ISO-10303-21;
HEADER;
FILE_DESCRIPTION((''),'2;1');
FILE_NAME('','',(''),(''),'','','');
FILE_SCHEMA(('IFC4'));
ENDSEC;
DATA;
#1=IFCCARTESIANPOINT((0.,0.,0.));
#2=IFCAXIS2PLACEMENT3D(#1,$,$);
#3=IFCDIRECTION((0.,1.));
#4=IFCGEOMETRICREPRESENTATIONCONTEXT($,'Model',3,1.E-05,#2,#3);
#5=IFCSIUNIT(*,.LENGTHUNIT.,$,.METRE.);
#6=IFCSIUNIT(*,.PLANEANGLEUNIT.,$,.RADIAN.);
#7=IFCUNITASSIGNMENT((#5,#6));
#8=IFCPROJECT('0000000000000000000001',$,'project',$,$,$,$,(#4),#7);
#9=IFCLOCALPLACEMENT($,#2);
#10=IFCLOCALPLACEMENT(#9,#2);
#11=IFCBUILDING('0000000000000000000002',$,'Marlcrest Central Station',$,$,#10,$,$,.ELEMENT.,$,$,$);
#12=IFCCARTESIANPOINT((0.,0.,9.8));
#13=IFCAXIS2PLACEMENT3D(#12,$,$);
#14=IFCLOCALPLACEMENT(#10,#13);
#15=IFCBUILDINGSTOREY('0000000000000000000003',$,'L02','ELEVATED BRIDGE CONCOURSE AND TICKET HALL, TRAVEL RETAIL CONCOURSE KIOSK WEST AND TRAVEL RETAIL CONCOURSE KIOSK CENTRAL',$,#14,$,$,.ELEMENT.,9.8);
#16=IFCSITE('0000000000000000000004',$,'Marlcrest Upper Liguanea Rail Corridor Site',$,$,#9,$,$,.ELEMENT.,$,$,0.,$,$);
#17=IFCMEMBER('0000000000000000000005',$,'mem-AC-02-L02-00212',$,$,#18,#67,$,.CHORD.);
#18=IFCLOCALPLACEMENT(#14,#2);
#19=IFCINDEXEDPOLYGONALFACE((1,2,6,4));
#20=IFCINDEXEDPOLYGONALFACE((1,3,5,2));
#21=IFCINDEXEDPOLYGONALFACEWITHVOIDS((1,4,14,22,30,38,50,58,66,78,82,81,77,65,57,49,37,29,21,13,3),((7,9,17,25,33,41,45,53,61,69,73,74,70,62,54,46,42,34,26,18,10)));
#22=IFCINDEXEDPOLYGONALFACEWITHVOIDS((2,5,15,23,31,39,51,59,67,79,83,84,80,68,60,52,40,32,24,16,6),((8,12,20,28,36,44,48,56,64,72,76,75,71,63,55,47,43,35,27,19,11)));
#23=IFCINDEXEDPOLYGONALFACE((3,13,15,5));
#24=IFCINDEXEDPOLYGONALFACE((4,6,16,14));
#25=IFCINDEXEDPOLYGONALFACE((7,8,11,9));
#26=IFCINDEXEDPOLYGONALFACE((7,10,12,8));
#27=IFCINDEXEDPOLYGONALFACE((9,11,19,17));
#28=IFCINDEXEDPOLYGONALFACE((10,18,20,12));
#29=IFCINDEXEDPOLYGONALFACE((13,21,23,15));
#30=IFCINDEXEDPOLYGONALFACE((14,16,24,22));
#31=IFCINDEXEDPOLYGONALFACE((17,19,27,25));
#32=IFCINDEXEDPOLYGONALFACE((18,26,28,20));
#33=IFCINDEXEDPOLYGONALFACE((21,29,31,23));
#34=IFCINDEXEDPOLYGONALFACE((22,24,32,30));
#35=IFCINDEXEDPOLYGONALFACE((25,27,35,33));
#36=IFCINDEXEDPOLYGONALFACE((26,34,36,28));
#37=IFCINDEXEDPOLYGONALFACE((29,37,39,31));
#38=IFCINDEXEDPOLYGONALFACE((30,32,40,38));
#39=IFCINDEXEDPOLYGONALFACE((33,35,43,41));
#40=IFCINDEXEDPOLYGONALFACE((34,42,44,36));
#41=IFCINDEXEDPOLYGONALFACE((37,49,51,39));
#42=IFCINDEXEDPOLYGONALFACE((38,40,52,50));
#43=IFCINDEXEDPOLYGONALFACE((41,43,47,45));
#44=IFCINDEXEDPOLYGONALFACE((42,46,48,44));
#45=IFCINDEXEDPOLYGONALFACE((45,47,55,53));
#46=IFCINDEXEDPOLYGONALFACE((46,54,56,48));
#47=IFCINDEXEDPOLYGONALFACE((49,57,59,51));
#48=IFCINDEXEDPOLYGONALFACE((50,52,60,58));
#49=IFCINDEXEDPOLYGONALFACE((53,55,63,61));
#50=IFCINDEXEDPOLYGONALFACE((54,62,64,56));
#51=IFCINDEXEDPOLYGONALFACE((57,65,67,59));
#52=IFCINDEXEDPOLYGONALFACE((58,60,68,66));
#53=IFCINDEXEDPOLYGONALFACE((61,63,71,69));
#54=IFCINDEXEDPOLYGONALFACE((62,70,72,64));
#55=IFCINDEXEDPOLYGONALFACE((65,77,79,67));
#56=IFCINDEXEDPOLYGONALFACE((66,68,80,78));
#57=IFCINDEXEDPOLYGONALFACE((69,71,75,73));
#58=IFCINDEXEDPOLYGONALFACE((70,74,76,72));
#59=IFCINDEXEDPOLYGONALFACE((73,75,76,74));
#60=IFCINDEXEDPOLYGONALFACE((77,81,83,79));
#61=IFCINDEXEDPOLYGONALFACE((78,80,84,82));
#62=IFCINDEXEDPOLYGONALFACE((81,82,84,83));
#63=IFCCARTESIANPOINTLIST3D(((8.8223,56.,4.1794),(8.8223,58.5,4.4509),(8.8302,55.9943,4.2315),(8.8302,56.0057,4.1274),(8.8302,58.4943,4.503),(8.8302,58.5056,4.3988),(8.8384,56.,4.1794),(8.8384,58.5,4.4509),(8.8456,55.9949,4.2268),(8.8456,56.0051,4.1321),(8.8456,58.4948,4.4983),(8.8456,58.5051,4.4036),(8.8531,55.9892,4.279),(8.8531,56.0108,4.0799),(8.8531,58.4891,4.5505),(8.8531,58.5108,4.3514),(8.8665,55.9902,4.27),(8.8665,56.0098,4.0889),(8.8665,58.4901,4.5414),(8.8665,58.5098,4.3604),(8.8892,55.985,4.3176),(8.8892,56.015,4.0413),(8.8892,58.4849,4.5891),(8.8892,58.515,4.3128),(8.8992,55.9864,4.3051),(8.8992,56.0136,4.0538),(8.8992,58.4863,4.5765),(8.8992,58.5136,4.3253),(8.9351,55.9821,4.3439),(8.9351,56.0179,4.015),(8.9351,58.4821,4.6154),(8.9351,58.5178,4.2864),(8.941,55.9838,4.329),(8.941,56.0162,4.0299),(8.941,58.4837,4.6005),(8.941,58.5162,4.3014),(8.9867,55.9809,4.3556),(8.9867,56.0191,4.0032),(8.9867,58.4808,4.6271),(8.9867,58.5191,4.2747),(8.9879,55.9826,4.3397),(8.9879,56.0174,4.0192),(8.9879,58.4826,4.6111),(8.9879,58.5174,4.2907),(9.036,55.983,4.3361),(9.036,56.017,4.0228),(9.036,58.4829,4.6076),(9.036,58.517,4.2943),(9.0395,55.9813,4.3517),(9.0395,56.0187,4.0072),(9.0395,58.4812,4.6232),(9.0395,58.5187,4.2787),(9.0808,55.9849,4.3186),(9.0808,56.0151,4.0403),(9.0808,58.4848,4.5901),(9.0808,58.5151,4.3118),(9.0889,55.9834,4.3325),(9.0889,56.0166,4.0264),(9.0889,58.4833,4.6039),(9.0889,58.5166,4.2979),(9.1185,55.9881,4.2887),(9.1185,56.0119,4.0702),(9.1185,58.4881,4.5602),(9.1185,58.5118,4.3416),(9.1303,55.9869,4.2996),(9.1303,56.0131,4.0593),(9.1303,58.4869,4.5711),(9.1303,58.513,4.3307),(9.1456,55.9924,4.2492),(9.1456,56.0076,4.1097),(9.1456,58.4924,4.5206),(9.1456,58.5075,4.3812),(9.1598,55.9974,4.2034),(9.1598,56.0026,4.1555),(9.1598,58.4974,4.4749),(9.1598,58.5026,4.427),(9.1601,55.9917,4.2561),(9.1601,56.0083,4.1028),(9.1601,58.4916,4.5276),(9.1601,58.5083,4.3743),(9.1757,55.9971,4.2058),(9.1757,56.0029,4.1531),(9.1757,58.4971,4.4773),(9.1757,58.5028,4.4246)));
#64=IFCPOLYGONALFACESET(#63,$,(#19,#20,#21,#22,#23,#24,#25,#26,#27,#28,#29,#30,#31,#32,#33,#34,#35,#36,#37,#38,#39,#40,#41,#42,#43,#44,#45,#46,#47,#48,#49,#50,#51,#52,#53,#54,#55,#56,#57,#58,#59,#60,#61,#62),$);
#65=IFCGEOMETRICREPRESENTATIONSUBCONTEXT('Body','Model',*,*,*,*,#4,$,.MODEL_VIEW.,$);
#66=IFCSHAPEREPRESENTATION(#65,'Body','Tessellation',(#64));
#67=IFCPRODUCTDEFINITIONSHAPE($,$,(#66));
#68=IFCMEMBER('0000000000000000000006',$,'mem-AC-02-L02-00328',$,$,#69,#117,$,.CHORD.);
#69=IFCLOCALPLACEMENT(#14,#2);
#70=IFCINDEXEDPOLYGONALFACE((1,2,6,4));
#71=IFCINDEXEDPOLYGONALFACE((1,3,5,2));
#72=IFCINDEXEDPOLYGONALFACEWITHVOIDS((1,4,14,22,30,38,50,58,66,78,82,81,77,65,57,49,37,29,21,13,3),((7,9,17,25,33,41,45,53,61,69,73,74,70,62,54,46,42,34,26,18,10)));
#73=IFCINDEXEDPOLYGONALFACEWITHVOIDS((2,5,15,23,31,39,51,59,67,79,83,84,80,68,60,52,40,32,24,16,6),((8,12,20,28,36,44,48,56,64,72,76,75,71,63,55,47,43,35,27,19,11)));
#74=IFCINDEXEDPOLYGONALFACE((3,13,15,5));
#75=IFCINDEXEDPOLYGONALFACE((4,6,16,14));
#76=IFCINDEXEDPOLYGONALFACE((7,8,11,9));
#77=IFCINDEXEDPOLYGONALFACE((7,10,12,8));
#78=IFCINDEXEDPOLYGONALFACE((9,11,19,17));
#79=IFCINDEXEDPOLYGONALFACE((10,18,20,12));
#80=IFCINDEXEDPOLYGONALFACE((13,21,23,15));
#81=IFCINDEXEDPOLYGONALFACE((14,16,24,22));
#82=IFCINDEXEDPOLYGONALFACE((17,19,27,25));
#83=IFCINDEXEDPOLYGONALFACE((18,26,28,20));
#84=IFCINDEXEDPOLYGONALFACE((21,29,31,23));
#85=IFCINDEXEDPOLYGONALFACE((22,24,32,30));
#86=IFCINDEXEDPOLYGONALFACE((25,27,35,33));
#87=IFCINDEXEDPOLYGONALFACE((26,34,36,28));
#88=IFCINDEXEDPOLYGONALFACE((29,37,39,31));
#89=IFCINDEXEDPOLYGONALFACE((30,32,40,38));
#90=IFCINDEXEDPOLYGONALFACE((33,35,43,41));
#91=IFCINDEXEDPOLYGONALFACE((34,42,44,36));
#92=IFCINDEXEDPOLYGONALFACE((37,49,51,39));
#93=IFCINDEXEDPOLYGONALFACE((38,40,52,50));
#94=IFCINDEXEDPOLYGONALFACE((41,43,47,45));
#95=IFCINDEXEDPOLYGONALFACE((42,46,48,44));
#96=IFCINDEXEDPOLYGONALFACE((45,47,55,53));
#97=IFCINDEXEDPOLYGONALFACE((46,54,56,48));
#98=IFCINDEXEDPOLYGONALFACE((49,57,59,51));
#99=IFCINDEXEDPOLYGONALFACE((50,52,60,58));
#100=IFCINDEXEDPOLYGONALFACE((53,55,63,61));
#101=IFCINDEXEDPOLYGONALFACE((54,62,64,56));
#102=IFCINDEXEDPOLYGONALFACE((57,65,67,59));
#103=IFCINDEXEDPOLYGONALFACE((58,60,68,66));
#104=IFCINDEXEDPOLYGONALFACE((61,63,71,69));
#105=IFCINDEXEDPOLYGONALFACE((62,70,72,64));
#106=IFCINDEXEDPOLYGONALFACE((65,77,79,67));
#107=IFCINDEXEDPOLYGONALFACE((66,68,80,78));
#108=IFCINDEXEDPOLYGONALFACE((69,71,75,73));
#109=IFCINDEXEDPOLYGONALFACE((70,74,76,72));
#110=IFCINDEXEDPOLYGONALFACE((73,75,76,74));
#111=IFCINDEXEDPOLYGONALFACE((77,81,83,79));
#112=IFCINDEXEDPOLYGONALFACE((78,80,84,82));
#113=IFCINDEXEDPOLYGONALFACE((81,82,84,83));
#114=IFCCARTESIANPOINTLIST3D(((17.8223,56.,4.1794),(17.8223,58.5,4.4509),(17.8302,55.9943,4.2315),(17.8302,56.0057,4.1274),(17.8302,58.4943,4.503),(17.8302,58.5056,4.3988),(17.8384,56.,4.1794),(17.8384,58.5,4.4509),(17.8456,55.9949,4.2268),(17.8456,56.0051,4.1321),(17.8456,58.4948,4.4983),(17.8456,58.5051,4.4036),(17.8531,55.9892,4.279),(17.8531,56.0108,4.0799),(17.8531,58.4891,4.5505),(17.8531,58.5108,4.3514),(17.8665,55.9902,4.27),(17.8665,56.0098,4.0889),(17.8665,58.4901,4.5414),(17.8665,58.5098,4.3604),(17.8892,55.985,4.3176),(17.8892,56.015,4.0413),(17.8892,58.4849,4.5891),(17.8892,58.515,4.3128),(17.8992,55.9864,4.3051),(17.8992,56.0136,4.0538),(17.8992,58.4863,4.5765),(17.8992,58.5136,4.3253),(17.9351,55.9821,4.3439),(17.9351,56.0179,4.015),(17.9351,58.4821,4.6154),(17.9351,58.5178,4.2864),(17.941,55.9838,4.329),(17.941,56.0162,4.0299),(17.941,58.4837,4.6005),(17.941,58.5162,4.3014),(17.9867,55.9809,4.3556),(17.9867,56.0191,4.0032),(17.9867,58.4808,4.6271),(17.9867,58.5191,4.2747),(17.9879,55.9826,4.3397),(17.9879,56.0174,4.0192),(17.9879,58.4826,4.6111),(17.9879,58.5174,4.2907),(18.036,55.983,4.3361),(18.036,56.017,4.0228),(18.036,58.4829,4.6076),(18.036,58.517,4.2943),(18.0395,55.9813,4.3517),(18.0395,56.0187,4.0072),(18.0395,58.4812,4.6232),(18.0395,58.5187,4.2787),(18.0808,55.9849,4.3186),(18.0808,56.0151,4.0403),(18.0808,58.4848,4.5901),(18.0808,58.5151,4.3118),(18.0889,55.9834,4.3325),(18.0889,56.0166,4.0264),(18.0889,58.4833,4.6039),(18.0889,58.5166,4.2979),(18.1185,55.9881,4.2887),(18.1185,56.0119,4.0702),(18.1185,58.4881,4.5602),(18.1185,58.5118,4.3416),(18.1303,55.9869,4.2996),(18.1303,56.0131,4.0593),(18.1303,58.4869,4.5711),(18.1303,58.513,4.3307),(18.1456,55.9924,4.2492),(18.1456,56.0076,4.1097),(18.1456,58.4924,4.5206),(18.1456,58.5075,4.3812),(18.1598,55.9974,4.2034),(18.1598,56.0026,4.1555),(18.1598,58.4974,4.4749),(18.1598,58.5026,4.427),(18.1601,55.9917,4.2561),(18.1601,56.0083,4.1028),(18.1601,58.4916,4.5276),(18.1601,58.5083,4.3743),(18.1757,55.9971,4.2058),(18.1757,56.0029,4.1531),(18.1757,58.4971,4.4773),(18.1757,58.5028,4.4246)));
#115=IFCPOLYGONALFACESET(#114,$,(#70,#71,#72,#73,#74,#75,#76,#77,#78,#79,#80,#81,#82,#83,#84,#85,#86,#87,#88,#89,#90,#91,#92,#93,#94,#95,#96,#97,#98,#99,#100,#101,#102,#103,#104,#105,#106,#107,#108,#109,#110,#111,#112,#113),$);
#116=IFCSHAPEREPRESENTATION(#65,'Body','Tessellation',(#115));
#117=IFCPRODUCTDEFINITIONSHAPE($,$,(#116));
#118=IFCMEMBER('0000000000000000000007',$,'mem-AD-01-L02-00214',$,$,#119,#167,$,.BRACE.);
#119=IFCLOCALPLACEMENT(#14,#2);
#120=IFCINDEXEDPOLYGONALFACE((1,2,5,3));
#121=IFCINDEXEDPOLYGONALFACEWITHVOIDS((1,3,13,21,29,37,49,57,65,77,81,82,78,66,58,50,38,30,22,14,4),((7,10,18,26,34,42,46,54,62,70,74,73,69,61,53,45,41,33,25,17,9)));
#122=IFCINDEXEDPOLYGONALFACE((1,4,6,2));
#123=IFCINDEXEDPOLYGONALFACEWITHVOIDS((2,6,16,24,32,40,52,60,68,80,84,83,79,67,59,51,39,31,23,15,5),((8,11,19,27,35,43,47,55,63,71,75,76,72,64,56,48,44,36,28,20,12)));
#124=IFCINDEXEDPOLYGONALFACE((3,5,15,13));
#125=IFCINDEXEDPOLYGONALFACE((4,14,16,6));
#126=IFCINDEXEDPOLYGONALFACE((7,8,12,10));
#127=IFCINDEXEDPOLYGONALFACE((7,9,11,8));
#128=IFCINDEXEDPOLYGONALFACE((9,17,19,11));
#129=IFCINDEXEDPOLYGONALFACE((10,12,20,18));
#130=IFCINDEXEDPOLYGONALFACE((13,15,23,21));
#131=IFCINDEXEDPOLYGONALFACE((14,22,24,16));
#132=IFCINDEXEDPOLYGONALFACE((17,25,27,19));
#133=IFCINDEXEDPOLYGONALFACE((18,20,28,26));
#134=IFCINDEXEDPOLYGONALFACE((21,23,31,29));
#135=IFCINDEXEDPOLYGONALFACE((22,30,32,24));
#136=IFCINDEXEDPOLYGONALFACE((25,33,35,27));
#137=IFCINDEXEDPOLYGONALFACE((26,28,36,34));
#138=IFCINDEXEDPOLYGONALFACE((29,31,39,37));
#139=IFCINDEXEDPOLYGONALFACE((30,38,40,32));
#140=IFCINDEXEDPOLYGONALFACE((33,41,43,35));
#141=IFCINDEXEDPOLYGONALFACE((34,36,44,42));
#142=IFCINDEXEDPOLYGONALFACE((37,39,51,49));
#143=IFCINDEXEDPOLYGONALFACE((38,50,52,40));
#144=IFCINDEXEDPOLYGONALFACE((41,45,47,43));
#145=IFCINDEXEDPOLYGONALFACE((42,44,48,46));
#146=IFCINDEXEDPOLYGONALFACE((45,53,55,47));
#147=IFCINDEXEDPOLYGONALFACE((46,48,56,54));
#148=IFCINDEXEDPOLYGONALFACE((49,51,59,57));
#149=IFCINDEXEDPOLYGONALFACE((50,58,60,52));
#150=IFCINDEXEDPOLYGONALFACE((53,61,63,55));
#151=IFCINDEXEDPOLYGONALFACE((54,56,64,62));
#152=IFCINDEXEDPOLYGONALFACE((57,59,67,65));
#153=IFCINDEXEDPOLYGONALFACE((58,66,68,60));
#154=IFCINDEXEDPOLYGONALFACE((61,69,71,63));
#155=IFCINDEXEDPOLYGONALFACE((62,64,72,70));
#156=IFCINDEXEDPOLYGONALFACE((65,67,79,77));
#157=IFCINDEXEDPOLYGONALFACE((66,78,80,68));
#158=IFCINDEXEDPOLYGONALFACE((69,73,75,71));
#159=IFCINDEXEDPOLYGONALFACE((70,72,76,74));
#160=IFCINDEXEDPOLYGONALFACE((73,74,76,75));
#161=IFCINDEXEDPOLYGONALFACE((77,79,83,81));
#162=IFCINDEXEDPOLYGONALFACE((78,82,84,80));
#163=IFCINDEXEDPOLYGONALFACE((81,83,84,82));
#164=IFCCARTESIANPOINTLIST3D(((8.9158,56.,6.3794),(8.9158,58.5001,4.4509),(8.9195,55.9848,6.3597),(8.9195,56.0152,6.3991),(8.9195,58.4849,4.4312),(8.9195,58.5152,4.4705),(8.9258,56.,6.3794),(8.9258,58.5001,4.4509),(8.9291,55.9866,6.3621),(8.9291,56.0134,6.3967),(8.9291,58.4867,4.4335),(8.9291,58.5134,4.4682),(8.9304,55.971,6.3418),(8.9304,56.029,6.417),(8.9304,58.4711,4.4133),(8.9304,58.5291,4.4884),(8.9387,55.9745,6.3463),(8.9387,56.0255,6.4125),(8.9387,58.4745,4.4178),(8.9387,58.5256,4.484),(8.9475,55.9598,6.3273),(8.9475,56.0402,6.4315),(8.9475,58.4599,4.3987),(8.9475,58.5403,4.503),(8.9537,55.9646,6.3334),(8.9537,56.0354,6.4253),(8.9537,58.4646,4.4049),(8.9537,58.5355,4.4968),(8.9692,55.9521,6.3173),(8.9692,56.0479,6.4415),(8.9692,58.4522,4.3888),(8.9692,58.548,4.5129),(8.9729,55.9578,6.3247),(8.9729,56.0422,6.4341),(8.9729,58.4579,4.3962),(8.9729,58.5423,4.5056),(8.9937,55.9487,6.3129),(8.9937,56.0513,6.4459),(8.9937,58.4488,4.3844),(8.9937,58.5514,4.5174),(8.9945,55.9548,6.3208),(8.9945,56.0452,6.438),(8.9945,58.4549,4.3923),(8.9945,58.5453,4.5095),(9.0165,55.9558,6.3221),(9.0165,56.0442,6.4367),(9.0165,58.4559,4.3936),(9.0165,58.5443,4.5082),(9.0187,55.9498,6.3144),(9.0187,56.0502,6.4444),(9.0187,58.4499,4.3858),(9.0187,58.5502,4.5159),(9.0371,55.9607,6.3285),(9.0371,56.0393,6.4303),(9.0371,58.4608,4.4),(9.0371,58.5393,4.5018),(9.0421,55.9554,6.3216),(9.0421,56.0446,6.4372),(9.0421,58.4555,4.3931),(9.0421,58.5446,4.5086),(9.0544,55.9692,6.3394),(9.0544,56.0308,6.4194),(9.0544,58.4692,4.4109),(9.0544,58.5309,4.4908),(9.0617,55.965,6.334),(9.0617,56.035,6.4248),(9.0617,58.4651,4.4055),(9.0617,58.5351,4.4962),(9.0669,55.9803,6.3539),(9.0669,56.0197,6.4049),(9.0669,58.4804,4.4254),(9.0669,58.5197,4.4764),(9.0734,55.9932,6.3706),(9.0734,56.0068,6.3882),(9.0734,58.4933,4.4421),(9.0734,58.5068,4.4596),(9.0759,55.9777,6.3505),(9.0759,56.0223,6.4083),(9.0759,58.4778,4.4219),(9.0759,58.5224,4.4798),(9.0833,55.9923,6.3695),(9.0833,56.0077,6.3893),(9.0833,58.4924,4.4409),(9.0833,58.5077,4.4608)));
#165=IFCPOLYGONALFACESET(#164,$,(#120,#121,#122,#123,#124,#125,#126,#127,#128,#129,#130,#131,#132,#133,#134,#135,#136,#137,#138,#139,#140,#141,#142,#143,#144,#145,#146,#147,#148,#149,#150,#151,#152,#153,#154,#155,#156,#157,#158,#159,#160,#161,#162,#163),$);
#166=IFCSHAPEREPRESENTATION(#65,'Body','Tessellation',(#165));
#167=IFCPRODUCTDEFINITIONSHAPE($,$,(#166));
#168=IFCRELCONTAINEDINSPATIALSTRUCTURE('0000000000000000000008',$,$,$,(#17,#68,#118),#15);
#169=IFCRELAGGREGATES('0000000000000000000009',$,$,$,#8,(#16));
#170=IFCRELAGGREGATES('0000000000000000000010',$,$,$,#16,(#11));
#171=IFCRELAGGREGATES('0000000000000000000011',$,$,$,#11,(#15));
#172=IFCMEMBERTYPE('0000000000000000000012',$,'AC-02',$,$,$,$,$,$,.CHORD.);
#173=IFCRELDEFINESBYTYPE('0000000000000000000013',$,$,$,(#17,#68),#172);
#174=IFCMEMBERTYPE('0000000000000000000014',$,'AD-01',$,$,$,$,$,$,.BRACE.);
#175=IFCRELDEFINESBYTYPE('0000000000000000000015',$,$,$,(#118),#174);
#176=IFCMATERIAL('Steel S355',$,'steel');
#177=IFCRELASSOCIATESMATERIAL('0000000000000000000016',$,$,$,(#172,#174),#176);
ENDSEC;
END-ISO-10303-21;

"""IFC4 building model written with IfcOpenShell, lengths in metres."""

from ifc_helpers import new_model, si_unit, direction, frame, origin, origin_2d, place, context, subcontext, project, spatial, hollow_circle, extrude, material, material_profile, profile_set, type_object, element, save


model = new_model("IFC4")

# Units and contexts
model_context = context("Model", 3, precision=1e-05, world=origin(), true_north=direction((0.0, 1.0)))
body_context = subcontext(model_context, "Body", "Model", "MODEL_VIEW")
ifc_project = project(units=[si_unit("LENGTHUNIT", "METRE"), si_unit("PLANEANGLEUNIT", "RADIAN")], contexts=[model_context])

# Site, building, storey
site_placement = place(None, origin())
site = spatial("IfcSite", under=ifc_project, at=site_placement, Name="Marlcrest Upper Liguanea Rail Corridor Site", CompositionType="ELEMENT", RefElevation=0.0)
building_placement = place(site_placement, origin())
building = spatial("IfcBuilding", under=site, at=building_placement, Name="Marlcrest Central Station", CompositionType="ELEMENT")
storey_placement = place(building_placement, frame((0.0, 0.0, 9.8)))
storey = spatial("IfcBuildingStorey", under=building, at=storey_placement, Name="L02", Description="ELEVATED BRIDGE CONCOURSE AND TICKET HALL, TRAVEL RETAIL CONCOURSE KIOSK WEST AND TRAVEL RETAIL CONCOURSE KIOSK CENTRAL", CompositionType="ELEMENT", Elevation=9.8)

# Members
ifc_material = material(Name="Steel S355", Category="steel")
ifc_material_profile_1 = material_profile(ifc_material, hollow_circle(Radius=0.1777, WallThickness=0.0161, at=origin_2d()), Name="CHS 355.6x16")
ifc_profile_set_1 = profile_set([ifc_material_profile_1], Name="Steel S355")
member_type_1 = type_object("IfcMemberType", Name="AC-02", PredefinedType="CHORD", material=ifc_profile_set_1)
for number, where, z_axis, x_axis, name in (
    (1, (9.0, 56.0, 4.1794), (0.0, 0.994155, 0.107959), (-1.0, 0.0, 0.0), "mem-AC-02-L02-00212"),
    (2, (18.0, 56.0, 4.1794), (0.0, 0.994155, 0.107959), (-1.0, 0.0, 0.0), "mem-AC-02-L02-00328"),
):
    element("IfcMember", number, at=place(storey_placement, frame(where, z_axis=z_axis, x_axis=x_axis)), inside=storey, type_object=member_type_1, Name=name, PredefinedType="CHORD", context=body_context, shape_type="SweptSolid", body=[
        extrude(hollow_circle(Radius=0.1777, WallThickness=0.0161, at=origin_2d()), origin(), (0.0, 0.0, 1.0), 2.5146),
    ])
ifc_material_profile_2 = material_profile(ifc_material, hollow_circle(Radius=0.0842, WallThickness=0.01, at=origin_2d()), Name="CHS 168.3x10")
ifc_profile_set_2 = profile_set([ifc_material_profile_2], Name="Steel S355")
member_type_2 = type_object("IfcMemberType", Name="AD-01", PredefinedType="BRACE", material=ifc_profile_set_2)
member_1_placement = place(storey_placement, frame((9.0, 56.0, 6.3794), z_axis=(0.0, 0.791798, -0.610783), x_axis=(-1.0, 0.0, 0.0)))
element("IfcMember", 3, at=member_1_placement, inside=storey, type_object=member_type_2, Name="mem-AD-01-L02-00214", PredefinedType="BRACE", context=body_context, shape_type="SweptSolid", body=[
    extrude(hollow_circle(Radius=0.0842, WallThickness=0.01, at=origin_2d()), origin(), (0.0, 0.0, 1.0), 3.1575),
])

save(model, "model.ifc")
